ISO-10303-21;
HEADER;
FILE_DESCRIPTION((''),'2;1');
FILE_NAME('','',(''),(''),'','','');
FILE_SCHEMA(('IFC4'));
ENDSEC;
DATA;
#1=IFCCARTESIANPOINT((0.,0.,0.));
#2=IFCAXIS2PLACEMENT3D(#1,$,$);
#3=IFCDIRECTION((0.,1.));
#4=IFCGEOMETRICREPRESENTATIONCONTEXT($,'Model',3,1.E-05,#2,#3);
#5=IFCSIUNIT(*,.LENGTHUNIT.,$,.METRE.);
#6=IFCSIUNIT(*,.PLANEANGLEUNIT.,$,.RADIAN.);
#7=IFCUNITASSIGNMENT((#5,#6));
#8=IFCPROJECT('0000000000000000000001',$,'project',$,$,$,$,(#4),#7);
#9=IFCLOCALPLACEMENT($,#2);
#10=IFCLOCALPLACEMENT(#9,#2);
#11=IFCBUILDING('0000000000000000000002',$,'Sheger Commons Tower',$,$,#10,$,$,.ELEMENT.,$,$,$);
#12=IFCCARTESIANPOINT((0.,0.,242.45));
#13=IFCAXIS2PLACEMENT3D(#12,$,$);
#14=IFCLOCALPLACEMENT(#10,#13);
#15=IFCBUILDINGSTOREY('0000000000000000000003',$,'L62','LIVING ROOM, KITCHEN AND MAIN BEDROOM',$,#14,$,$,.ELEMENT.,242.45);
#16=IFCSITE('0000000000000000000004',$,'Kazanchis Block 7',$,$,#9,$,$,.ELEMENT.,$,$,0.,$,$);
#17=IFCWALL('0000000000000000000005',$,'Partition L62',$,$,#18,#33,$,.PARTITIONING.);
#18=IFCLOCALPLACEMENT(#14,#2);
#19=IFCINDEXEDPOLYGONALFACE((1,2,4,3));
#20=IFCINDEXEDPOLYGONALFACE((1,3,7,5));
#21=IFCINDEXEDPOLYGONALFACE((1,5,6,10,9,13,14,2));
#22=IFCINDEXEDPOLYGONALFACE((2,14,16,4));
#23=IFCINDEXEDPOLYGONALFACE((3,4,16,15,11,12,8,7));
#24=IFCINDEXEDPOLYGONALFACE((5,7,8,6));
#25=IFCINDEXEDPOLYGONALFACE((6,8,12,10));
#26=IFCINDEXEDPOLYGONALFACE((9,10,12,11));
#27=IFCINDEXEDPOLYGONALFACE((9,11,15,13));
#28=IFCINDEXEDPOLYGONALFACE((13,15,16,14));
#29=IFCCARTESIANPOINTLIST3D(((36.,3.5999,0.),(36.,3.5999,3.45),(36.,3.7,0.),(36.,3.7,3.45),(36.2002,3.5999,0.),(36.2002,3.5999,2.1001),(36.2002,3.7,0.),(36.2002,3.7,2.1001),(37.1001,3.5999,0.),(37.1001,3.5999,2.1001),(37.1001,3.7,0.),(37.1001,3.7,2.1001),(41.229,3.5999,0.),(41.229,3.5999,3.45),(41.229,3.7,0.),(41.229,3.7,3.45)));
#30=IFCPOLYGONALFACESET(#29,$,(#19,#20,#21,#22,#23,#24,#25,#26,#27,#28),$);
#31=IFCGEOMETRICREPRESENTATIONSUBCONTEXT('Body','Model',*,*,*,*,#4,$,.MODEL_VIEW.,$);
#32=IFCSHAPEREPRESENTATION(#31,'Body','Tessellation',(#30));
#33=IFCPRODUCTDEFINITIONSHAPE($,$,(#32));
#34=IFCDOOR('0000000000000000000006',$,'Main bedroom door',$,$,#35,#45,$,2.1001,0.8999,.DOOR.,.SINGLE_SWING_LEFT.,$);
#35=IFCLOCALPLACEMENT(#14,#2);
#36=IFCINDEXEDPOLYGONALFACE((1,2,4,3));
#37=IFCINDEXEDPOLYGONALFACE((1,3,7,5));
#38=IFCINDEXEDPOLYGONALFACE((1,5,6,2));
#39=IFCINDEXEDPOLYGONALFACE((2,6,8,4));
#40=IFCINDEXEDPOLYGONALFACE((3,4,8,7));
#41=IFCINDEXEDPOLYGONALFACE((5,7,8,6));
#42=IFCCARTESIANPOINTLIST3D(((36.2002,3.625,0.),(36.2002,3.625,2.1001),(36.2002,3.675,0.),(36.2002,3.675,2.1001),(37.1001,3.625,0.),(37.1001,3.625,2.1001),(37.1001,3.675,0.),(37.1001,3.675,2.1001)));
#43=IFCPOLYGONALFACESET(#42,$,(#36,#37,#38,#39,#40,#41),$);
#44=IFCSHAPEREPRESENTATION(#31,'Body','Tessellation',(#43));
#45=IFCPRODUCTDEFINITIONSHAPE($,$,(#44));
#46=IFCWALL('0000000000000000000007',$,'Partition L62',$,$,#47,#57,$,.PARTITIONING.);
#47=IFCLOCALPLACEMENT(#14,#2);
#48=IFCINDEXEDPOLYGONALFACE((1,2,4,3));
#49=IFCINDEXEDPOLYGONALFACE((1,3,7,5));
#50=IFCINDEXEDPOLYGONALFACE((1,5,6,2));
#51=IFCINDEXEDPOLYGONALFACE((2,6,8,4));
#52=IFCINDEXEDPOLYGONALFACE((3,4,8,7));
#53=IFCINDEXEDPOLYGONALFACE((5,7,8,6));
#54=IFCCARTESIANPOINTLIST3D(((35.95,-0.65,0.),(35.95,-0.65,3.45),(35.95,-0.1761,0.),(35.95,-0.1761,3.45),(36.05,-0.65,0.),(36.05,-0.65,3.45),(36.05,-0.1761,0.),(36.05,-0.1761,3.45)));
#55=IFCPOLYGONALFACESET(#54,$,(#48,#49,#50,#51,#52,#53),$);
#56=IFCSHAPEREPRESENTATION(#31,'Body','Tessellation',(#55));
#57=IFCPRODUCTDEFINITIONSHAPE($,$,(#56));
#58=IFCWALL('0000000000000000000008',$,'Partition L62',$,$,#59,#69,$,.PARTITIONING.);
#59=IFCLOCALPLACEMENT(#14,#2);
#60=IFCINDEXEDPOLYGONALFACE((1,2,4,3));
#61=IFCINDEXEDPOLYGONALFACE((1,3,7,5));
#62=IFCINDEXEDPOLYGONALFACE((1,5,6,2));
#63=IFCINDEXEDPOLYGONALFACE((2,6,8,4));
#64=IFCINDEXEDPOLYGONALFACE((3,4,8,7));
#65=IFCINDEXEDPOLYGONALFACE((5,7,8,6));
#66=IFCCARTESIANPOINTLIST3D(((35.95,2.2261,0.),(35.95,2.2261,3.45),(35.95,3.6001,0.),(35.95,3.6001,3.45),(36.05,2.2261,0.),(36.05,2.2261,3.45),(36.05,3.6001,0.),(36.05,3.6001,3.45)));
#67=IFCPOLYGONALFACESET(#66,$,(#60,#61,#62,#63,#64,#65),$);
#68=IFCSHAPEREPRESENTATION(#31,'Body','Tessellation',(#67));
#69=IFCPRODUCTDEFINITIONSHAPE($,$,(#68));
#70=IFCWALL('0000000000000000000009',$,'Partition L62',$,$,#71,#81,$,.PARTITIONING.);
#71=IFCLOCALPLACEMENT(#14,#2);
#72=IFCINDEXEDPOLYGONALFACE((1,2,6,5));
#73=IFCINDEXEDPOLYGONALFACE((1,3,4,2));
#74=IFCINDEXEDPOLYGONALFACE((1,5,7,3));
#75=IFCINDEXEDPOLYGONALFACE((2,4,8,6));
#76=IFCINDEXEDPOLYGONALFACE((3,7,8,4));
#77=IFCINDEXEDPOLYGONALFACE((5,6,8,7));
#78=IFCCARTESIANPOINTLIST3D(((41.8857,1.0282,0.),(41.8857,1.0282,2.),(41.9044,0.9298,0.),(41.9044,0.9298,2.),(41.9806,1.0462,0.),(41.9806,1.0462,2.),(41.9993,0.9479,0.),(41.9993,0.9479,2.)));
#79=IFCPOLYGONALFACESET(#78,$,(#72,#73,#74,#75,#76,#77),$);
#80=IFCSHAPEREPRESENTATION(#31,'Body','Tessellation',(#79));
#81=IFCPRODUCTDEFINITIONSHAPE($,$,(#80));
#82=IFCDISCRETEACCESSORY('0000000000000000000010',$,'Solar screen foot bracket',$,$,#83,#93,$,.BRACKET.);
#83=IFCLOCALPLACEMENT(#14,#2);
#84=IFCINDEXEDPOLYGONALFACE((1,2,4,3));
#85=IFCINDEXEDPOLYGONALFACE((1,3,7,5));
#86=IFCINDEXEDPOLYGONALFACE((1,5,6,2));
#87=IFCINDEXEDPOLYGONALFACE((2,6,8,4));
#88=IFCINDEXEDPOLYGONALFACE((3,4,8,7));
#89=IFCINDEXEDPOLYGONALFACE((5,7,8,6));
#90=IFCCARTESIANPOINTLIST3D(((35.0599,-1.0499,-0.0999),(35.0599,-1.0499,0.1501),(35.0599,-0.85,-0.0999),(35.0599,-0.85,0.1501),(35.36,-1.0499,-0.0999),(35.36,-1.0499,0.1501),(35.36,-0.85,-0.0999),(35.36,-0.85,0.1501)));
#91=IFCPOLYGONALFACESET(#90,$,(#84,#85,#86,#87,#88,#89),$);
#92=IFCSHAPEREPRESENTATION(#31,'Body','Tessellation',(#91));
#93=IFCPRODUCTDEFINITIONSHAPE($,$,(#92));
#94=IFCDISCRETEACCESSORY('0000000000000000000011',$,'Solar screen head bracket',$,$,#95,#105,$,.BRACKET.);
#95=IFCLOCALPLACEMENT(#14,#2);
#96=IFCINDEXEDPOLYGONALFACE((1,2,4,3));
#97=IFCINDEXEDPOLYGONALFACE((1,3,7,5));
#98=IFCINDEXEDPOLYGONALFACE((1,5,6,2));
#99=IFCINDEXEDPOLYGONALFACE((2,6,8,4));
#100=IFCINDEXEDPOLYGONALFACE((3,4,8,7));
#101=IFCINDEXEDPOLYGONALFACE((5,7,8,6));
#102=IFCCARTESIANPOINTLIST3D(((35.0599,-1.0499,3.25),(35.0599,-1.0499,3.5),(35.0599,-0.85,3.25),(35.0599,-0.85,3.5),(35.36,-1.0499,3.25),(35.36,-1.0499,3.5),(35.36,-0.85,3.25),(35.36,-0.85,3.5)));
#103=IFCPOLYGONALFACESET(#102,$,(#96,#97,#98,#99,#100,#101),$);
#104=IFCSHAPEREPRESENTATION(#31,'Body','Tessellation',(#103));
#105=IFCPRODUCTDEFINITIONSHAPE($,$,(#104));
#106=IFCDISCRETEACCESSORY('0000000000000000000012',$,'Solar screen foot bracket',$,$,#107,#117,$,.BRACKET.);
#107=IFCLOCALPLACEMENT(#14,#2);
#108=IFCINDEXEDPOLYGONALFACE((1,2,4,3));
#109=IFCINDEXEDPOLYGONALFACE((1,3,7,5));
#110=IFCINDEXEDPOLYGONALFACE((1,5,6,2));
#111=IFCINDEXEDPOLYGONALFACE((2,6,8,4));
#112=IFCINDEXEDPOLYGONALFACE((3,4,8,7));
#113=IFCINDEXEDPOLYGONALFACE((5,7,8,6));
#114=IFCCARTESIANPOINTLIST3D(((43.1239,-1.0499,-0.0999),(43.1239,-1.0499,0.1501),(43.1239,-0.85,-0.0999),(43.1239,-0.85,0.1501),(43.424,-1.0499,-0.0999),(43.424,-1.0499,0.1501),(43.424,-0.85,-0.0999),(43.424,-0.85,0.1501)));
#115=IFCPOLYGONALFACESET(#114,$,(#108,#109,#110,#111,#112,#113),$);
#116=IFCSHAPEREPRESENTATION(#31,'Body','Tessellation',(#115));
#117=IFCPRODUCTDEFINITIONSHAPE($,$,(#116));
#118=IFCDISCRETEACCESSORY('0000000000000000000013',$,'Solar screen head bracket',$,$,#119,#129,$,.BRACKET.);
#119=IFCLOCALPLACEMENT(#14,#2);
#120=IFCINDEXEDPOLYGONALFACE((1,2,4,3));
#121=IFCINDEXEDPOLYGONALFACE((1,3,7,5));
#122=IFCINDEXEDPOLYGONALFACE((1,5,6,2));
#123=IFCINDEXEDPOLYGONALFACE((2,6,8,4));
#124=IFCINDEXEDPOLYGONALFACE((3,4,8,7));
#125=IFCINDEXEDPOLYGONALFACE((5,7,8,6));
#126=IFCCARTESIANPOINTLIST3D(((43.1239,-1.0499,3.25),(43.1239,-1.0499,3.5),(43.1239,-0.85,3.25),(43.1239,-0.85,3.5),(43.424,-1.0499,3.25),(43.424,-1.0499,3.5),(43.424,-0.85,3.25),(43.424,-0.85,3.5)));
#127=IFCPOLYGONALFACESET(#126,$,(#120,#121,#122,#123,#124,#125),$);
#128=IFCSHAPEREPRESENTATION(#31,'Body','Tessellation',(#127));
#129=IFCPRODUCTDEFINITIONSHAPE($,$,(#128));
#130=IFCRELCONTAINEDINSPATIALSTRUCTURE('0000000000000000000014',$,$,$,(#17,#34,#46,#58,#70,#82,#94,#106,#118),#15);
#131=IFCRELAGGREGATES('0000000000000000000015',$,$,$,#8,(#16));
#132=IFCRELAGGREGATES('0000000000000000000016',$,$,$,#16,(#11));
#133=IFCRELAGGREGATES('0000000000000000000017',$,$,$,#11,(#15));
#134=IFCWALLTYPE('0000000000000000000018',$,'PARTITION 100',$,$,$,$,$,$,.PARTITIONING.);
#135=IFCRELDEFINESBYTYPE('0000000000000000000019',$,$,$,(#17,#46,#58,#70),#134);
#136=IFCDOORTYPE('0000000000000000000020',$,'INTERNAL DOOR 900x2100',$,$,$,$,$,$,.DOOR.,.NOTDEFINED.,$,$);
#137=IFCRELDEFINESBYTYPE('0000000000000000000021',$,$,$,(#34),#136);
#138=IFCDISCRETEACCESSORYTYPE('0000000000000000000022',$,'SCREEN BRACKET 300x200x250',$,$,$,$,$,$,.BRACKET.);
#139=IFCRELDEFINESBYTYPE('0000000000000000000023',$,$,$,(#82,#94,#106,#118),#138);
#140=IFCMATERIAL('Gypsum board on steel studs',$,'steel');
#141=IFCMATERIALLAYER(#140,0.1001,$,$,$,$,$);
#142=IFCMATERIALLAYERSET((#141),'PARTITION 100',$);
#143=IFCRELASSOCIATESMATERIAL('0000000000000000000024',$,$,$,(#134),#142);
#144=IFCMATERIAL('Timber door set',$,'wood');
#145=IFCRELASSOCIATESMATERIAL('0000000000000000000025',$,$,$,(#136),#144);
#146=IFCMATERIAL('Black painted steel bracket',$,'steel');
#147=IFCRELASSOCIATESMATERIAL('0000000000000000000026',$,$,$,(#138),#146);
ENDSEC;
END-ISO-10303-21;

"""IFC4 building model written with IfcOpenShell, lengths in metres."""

from ifc_helpers import new_model, si_unit, direction, frame, frame_2d, origin, origin_2d, place, context, subcontext, project, spatial, rectangle, extrude, material, layer, layer_set, type_object, element, fill, save


model = new_model("IFC4")

# Units and contexts
model_context = context("Model", 3, precision=1e-05, world=origin(), true_north=direction((0.0, 1.0)))
body_context = subcontext(model_context, "Body", "Model", "MODEL_VIEW")
ifc_project = project(units=[si_unit("LENGTHUNIT", "METRE"), si_unit("PLANEANGLEUNIT", "RADIAN")], contexts=[model_context])

# Site, building, storey
site_placement = place(None, origin())
site = spatial("IfcSite", under=ifc_project, at=site_placement, Name="Kazanchis Block 7", CompositionType="ELEMENT", RefElevation=0.0)
building_placement = place(site_placement, origin())
building = spatial("IfcBuilding", under=site, at=building_placement, Name="Sheger Commons Tower", CompositionType="ELEMENT")
storey_placement = place(building_placement, frame((0.0, 0.0, 242.45)))
storey = spatial("IfcBuildingStorey", under=building, at=storey_placement, Name="L62", Description="LIVING ROOM, KITCHEN AND MAIN BEDROOM", CompositionType="ELEMENT", Elevation=242.45)

# Shared definitions
ifc_material_1 = material(Name="Gypsum board on steel studs", Category="steel")
ifc_layer_1 = layer(ifc_material_1, 0.1001)
ifc_layer_set_1 = layer_set([ifc_layer_1], Name="PARTITION 100")
wall_type_1 = type_object("IfcWallType", Name="PARTITION 100", PredefinedType="PARTITIONING", material=ifc_layer_set_1)
ifc_material_2 = material(Name="Timber door set", Category="wood")
door_type = type_object("IfcDoorType", Name="INTERNAL DOOR 900x2100", OperationType="NOTDEFINED", PredefinedType="DOOR", material=ifc_material_2)

# Wall, opening, door
wall_1_placement = place(storey_placement, frame((41.229, 3.6499, 0.0), z_axis=(0.0, 0.0, 1.0), x_axis=(-1.0, 0.0, 0.0)))
wall_1 = element("IfcWall", 1, at=wall_1_placement, inside=storey, type_object=wall_type_1, Name="Partition L62", PredefinedType="PARTITIONING", context=body_context, shape_type="SweptSolid", body=[
    extrude(rectangle(XDim=5.229, YDim=0.1001, at=frame_2d((2.6145, 0.0))), origin(), (0.0, 0.0, 1.0), 3.45),
])
opening_1_placement = place(wall_1_placement, frame((4.1289, 0.0, 0.0)))
opening_1 = element("IfcOpeningElement", 2, at=opening_1_placement, cuts=wall_1, PredefinedType="OPENING", context=body_context, shape_type="SweptSolid", body=[
    extrude(rectangle(XDim=0.8999, YDim=2.1001, at=frame_2d((0.45, 1.05))), frame((0.0, 0.0601, 0.0), z_axis=(0.0, -1.0, 0.0), x_axis=(1.0, 0.0, 0.0)), (0.0, 0.0, 1.0), 0.1201),
])
door_1_placement = place(opening_1_placement, origin())
door_1 = element("IfcDoor", 3, at=door_1_placement, inside=storey, type_object=door_type, Name="Main bedroom door", OperationType="SINGLE_SWING_LEFT", OverallHeight=2.1001, OverallWidth=0.8999, PredefinedType="DOOR", context=body_context, shape_type="SweptSolid", body=[
    extrude(rectangle(XDim=0.8999, YDim=2.1001, at=frame_2d((0.45, 1.05))), frame((0.0, 0.0249, 0.0), z_axis=(0.0, -1.0, 0.0), x_axis=(1.0, 0.0, 0.0)), (0.0, 0.0, 1.0), 0.05),
])
fill(opening_1, door_1)

# Walls
wall_2_placement = place(storey_placement, frame((36.0, -0.6499, 0.0), z_axis=(0.0, 0.0, 1.0), x_axis=(0.0, 1.0, 0.0)))
element("IfcWall", 4, at=wall_2_placement, inside=storey, type_object=wall_type_1, Name="Partition L62", PredefinedType="PARTITIONING", context=body_context, shape_type="SweptSolid", body=[
    extrude(rectangle(XDim=0.4739, YDim=0.1001, at=frame_2d((0.2368, 0.0))), origin(), (0.0, 0.0, 1.0), 3.45),
])
wall_3_placement = place(storey_placement, frame((36.0, 2.2261, 0.0), z_axis=(0.0, 0.0, 1.0), x_axis=(0.0, 1.0, 0.0)))
element("IfcWall", 5, at=wall_3_placement, inside=storey, type_object=wall_type_1, Name="Partition L62", PredefinedType="PARTITIONING", context=body_context, shape_type="SweptSolid", body=[
    extrude(rectangle(XDim=1.374, YDim=0.1001, at=frame_2d((0.687, 0.0))), origin(), (0.0, 0.0, 1.0), 3.45),
])
wall_4_placement = place(storey_placement, frame((41.99, 0.9971, 0.0), z_axis=(0.0, 0.0, 1.0), x_axis=(-0.982383, -0.18688, 0.0)))
element("IfcWall", 6, at=wall_4_placement, inside=storey, type_object=wall_type_1, Name="Partition L62", PredefinedType="PARTITIONING", context=body_context, shape_type="SweptSolid", body=[
    extrude(rectangle(XDim=0.0967, YDim=0.1001, at=frame_2d((0.0483, 0.0))), origin(), (0.0, 0.0, 1.0), 2.0),
])

# Discrete accessories
ifc_material_3 = material(Name="Black painted steel bracket", Category="steel")
discrete_accessory_type = type_object("IfcDiscreteAccessoryType", Name="SCREEN BRACKET 300x200x250", PredefinedType="BRACKET", material=ifc_material_3)
for number, where, z_axis, x_axis, name in (
    (7, (35.21, -0.95, -0.0999), (0.0, 0.0, 1.0), (1.0, 0.0, 0.0), "Solar screen foot bracket"),
    (8, (35.21, -0.95, 3.25), (0.0, 0.0, 1.0), (1.0, 0.0, 0.0), "Solar screen head bracket"),
    (9, (43.2739, -0.95, -0.0999), (0.0, 0.0, 1.0), (1.0, 0.0, 0.0), "Solar screen foot bracket"),
    (10, (43.2739, -0.95, 3.25), (0.0, 0.0, 1.0), (1.0, 0.0, 0.0), "Solar screen head bracket"),
):
    element("IfcDiscreteAccessory", number, at=place(storey_placement, frame(where, z_axis=z_axis, x_axis=x_axis)), inside=storey, type_object=discrete_accessory_type, Name=name, PredefinedType="BRACKET", context=body_context, shape_type="SweptSolid", body=[
        extrude(rectangle(XDim=0.3, YDim=0.2, at=origin_2d()), origin(), (0.0, 0.0, 1.0), 0.25),
    ])

save(model, "model.ifc")
